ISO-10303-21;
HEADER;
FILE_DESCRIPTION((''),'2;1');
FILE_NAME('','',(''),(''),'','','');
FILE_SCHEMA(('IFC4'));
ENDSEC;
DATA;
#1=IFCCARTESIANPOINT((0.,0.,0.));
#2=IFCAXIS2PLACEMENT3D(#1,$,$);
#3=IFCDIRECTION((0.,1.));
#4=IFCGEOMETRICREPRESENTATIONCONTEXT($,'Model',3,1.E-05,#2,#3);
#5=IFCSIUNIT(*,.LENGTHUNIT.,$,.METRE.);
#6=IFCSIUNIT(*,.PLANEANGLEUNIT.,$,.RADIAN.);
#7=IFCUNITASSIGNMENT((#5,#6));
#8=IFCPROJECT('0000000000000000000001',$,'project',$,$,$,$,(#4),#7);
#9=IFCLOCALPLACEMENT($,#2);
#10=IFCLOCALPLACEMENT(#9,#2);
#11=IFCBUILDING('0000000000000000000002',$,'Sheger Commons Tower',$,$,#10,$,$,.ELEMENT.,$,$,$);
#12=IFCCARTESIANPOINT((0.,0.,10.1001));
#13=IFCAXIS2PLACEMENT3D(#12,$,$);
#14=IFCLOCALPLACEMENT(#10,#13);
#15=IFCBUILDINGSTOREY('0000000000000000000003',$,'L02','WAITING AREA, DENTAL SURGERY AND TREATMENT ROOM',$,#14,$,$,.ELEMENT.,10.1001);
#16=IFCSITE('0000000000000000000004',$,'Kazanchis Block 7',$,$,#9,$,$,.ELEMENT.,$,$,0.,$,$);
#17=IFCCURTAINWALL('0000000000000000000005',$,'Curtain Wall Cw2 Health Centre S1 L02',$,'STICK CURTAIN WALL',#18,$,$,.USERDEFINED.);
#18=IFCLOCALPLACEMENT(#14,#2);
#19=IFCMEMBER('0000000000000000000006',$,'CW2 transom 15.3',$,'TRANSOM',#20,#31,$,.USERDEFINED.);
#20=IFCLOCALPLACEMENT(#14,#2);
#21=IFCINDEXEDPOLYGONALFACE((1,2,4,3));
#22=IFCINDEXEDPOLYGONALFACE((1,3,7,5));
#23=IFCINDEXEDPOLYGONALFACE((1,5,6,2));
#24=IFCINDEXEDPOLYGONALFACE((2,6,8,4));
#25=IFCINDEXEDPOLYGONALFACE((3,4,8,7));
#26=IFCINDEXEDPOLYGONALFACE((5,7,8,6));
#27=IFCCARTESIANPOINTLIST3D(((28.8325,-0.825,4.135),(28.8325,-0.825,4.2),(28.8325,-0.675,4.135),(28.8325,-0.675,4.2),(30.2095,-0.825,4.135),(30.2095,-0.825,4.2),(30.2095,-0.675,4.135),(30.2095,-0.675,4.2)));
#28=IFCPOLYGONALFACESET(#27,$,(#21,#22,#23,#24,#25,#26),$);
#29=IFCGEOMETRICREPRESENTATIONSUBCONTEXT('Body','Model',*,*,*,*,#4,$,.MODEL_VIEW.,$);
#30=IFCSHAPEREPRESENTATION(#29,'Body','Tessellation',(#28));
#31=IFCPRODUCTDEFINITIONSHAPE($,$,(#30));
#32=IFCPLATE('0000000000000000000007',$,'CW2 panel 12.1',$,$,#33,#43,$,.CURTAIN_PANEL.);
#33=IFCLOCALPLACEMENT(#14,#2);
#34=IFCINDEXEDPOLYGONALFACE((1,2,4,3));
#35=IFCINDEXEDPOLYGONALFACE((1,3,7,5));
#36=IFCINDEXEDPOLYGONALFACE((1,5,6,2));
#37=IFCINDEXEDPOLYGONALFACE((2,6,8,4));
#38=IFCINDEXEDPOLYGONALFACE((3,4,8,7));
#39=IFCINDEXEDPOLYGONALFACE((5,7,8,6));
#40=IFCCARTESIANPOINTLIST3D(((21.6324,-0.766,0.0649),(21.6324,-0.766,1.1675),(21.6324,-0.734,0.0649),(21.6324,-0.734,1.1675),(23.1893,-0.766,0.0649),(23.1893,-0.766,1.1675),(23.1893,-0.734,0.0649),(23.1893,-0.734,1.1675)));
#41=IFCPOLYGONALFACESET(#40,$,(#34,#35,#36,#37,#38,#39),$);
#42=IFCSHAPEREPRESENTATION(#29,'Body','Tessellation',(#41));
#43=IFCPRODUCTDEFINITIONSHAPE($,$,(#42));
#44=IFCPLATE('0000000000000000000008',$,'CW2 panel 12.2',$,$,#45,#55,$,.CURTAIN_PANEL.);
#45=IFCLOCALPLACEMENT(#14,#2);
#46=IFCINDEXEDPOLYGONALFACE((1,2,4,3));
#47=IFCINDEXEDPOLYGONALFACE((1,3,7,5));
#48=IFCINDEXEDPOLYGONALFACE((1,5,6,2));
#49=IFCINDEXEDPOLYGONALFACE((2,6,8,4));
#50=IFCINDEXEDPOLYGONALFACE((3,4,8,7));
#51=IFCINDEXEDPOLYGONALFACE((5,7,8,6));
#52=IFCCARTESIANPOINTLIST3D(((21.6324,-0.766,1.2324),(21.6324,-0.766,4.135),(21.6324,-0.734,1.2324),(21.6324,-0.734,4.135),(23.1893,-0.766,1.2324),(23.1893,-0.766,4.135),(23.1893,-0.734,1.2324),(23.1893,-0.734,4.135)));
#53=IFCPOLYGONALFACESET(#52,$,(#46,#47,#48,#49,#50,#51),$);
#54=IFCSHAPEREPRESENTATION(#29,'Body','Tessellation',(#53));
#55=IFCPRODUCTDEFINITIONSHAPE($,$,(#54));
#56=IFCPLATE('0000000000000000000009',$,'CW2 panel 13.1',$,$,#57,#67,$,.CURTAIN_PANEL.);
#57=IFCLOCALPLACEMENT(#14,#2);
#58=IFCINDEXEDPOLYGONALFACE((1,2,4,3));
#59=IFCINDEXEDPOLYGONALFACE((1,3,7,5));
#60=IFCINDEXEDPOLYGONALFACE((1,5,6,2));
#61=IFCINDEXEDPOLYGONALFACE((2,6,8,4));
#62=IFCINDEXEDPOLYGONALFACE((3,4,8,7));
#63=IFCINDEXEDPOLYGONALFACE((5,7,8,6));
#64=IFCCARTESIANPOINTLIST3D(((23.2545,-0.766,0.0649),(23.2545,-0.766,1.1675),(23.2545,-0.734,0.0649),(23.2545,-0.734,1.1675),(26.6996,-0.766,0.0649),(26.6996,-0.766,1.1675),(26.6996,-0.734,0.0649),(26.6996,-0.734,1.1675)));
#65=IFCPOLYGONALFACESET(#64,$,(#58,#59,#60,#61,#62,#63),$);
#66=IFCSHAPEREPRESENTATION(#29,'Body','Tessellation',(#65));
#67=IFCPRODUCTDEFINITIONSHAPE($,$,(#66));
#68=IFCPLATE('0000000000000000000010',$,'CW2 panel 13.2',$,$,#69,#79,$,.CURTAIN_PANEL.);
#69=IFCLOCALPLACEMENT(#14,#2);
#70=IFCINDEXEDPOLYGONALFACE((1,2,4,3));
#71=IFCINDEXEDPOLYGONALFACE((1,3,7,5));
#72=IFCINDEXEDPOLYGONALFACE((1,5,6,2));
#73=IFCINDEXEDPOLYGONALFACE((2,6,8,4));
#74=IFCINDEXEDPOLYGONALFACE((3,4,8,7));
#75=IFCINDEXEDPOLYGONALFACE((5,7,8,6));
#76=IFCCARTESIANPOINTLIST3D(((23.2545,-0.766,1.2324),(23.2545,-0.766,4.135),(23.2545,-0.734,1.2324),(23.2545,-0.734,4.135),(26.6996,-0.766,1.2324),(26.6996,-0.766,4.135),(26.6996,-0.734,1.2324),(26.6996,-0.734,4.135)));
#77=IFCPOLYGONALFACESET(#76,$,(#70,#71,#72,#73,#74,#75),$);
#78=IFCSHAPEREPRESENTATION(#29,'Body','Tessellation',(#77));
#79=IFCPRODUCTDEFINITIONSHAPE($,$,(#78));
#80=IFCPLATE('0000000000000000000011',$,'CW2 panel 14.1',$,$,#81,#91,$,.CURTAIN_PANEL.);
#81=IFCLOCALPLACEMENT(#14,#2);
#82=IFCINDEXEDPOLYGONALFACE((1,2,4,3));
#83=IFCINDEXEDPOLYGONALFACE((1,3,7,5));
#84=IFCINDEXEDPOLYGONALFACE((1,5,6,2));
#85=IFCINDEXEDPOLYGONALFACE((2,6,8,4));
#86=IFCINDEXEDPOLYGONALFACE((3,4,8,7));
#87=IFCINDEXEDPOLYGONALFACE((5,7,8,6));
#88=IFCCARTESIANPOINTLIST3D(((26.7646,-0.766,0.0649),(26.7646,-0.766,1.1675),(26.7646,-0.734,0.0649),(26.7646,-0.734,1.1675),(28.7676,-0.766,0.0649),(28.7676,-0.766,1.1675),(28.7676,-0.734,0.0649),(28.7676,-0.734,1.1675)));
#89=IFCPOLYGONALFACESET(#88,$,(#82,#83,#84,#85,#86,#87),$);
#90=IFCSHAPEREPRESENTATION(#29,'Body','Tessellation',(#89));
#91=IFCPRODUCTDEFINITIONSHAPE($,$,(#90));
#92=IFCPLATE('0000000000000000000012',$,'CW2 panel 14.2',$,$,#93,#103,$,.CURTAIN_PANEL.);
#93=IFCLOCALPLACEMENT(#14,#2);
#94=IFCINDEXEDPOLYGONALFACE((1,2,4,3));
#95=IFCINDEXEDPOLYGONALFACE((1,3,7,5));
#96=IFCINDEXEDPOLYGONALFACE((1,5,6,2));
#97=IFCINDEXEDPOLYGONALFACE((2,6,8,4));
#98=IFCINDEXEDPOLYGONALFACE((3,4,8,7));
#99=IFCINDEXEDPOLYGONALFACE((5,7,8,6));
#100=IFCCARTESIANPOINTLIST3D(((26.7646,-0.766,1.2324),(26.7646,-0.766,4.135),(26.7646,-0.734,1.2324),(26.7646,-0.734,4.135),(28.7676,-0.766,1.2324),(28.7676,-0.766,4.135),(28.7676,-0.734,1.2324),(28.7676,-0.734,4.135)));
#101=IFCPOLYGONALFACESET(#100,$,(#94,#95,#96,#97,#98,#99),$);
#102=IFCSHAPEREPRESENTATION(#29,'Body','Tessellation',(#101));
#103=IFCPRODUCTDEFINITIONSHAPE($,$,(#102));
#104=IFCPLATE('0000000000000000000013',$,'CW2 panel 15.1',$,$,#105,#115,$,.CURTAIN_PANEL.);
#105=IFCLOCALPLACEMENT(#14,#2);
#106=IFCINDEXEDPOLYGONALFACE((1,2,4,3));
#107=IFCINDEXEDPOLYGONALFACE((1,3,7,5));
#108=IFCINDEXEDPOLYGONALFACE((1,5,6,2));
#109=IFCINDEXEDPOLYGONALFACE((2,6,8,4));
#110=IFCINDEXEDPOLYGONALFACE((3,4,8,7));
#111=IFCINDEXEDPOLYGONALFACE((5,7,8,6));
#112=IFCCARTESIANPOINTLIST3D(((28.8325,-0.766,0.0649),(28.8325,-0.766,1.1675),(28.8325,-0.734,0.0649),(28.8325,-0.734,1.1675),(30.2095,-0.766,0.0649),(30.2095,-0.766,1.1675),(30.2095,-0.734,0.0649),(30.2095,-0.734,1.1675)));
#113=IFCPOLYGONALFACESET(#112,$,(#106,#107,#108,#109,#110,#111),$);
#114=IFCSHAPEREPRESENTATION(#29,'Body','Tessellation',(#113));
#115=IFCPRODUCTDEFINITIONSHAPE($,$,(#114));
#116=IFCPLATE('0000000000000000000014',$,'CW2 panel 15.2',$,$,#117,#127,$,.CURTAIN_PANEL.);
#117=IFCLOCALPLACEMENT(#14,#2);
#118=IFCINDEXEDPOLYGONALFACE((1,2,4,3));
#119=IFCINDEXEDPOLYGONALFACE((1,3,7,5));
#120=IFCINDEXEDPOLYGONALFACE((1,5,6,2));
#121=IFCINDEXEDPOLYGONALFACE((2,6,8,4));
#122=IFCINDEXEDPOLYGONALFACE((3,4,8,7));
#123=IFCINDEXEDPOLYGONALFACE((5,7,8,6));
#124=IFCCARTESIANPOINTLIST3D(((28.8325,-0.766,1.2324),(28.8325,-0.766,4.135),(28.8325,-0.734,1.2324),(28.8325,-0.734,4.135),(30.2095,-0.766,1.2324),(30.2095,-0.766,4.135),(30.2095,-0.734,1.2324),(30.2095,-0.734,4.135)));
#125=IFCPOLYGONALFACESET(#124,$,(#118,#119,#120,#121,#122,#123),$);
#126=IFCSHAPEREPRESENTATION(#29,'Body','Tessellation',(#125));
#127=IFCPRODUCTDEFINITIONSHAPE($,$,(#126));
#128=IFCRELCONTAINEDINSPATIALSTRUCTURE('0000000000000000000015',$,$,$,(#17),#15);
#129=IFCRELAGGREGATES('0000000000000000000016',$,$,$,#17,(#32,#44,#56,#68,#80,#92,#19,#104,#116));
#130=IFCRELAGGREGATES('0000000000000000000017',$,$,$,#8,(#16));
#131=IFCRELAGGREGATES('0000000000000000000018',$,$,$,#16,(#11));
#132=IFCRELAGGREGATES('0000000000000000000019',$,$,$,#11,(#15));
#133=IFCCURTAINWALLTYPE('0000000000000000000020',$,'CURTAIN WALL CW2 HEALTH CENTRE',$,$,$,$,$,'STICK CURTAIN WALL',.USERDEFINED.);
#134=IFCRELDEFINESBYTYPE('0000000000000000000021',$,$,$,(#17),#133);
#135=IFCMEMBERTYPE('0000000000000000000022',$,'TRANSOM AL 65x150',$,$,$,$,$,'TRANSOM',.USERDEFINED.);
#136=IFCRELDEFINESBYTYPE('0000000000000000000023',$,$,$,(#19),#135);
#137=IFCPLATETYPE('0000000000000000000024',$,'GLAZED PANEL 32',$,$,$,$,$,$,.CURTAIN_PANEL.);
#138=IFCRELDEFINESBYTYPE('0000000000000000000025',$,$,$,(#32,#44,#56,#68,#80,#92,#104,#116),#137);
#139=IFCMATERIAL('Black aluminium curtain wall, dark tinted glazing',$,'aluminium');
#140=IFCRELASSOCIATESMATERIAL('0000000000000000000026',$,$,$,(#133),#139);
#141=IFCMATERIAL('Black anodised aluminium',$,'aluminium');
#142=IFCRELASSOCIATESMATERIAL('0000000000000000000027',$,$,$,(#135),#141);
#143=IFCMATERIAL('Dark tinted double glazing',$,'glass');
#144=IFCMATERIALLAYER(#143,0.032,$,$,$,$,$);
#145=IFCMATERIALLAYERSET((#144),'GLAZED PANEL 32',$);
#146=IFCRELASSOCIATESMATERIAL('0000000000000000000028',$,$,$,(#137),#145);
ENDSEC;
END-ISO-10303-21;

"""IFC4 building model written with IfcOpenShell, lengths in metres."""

from ifc_helpers import new_model, si_unit, direction, frame, origin, origin_2d, place, context, subcontext, project, spatial, rectangle, extrude, material, layer, layer_set, material_profile, profile_set, type_object, element, aggregate, save


model = new_model("IFC4")

# Units and contexts
model_context = context("Model", 3, precision=1e-05, world=origin(), true_north=direction((0.0, 1.0)))
body_context = subcontext(model_context, "Body", "Model", "MODEL_VIEW")
ifc_project = project(units=[si_unit("LENGTHUNIT", "METRE"), si_unit("PLANEANGLEUNIT", "RADIAN")], contexts=[model_context])

# Site, building, storey
site_placement = place(None, origin())
site = spatial("IfcSite", under=ifc_project, at=site_placement, Name="Kazanchis Block 7", CompositionType="ELEMENT", RefElevation=0.0)
building_placement = place(site_placement, origin())
building = spatial("IfcBuilding", under=site, at=building_placement, Name="Sheger Commons Tower", CompositionType="ELEMENT")
storey_placement = place(building_placement, frame((0.0, 0.0, 10.1001)))
storey = spatial("IfcBuildingStorey", under=building, at=storey_placement, Name="L02", Description="WAITING AREA, DENTAL SURGERY AND TREATMENT ROOM", CompositionType="ELEMENT", Elevation=10.1001)

# Curtain wall, member, plates
ifc_material_1 = material(Name="Black aluminium curtain wall, dark tinted glazing", Category="aluminium")
curtain_wall_type = type_object("IfcCurtainWallType", Name="CURTAIN WALL CW2 HEALTH CENTRE", ElementType="STICK CURTAIN WALL", PredefinedType="USERDEFINED", material=ifc_material_1)
curtain_wall_placement = place(storey_placement, origin())
curtain_wall = element("IfcCurtainWall", 1, at=curtain_wall_placement, inside=storey, type_object=curtain_wall_type, Name="Curtain Wall Cw2 Health Centre S1 L02", ObjectType="STICK CURTAIN WALL", PredefinedType="USERDEFINED")
ifc_material_2 = material(Name="Black anodised aluminium", Category="aluminium")
ifc_material_profile_1 = material_profile(ifc_material_2, rectangle(XDim=0.1499, YDim=0.0649, at=origin_2d()), Name="AL 65x150")
ifc_profile_set_1 = profile_set([ifc_material_profile_1], Name="Black anodised aluminium")
member_type_1 = type_object("IfcMemberType", Name="TRANSOM AL 65x150", ElementType="TRANSOM", PredefinedType="USERDEFINED", material=ifc_profile_set_1)
member_1_placement = place(storey_placement, frame((28.8325, -0.75, 4.1675), z_axis=(1.0, 0.0, 0.0), x_axis=(0.0, 1.0, 0.0)))
member_1 = element("IfcMember", 2, at=member_1_placement, type_object=member_type_1, Name="CW2 transom 15.3", ObjectType="TRANSOM", PredefinedType="USERDEFINED", context=body_context, shape_type="SweptSolid", body=[
    extrude(rectangle(XDim=0.1499, YDim=0.0649, at=origin_2d()), origin(), (0.0, 0.0, 1.0), 1.377),
])
ifc_material_3 = material(Name="Dark tinted double glazing", Category="glass")
ifc_layer = layer(ifc_material_3, 0.032)
ifc_layer_set = layer_set([ifc_layer], Name="GLAZED PANEL 32")
plate_type = type_object("IfcPlateType", Name="GLAZED PANEL 32", PredefinedType="CURTAIN_PANEL", material=ifc_layer_set)
plate_1_placement = place(storey_placement, frame((22.4109, -0.75, 0.0649), z_axis=(0.0, 0.0, 1.0), x_axis=(1.0, 0.0, 0.0)))
plate_1 = element("IfcPlate", 3, at=plate_1_placement, type_object=plate_type, Name="CW2 panel 12.1", PredefinedType="CURTAIN_PANEL", context=body_context, shape_type="SweptSolid", body=[
    extrude(rectangle(XDim=1.5569, YDim=0.032, at=origin_2d()), origin(), (0.0, 0.0, 1.0), 1.1025),
])
plate_2_placement = place(storey_placement, frame((22.4109, -0.75, 1.2324), z_axis=(0.0, 0.0, 1.0), x_axis=(1.0, 0.0, 0.0)))
plate_2 = element("IfcPlate", 4, at=plate_2_placement, type_object=plate_type, Name="CW2 panel 12.2", PredefinedType="CURTAIN_PANEL", context=body_context, shape_type="SweptSolid", body=[
    extrude(rectangle(XDim=1.5569, YDim=0.032, at=origin_2d()), origin(), (0.0, 0.0, 1.0), 2.9026),
])
plate_3_placement = place(storey_placement, frame((24.9771, -0.75, 0.0649), z_axis=(0.0, 0.0, 1.0), x_axis=(1.0, 0.0, 0.0)))
plate_3 = element("IfcPlate", 5, at=plate_3_placement, type_object=plate_type, Name="CW2 panel 13.1", PredefinedType="CURTAIN_PANEL", context=body_context, shape_type="SweptSolid", body=[
    extrude(rectangle(XDim=3.4451, YDim=0.032, at=origin_2d()), origin(), (0.0, 0.0, 1.0), 1.1025),
])
plate_4_placement = place(storey_placement, frame((24.9771, -0.75, 1.2324), z_axis=(0.0, 0.0, 1.0), x_axis=(1.0, 0.0, 0.0)))
plate_4 = element("IfcPlate", 6, at=plate_4_placement, type_object=plate_type, Name="CW2 panel 13.2", PredefinedType="CURTAIN_PANEL", context=body_context, shape_type="SweptSolid", body=[
    extrude(rectangle(XDim=3.4451, YDim=0.032, at=origin_2d()), origin(), (0.0, 0.0, 1.0), 2.9026),
])
plate_5_placement = place(storey_placement, frame((27.7661, -0.75, 0.0649), z_axis=(0.0, 0.0, 1.0), x_axis=(1.0, 0.0, 0.0)))
plate_5 = element("IfcPlate", 7, at=plate_5_placement, type_object=plate_type, Name="CW2 panel 14.1", PredefinedType="CURTAIN_PANEL", context=body_context, shape_type="SweptSolid", body=[
    extrude(rectangle(XDim=2.0029, YDim=0.032, at=origin_2d()), origin(), (0.0, 0.0, 1.0), 1.1025),
])
plate_6_placement = place(storey_placement, frame((27.7661, -0.75, 1.2324), z_axis=(0.0, 0.0, 1.0), x_axis=(1.0, 0.0, 0.0)))
plate_6 = element("IfcPlate", 8, at=plate_6_placement, type_object=plate_type, Name="CW2 panel 14.2", PredefinedType="CURTAIN_PANEL", context=body_context, shape_type="SweptSolid", body=[
    extrude(rectangle(XDim=2.0029, YDim=0.032, at=origin_2d()), origin(), (0.0, 0.0, 1.0), 2.9026),
])
plate_7_placement = place(storey_placement, frame((29.521, -0.75, 0.0649), z_axis=(0.0, 0.0, 1.0), x_axis=(1.0, 0.0, 0.0)))
plate_7 = element("IfcPlate", 9, at=plate_7_placement, type_object=plate_type, Name="CW2 panel 15.1", PredefinedType="CURTAIN_PANEL", context=body_context, shape_type="SweptSolid", body=[
    extrude(rectangle(XDim=1.377, YDim=0.032, at=origin_2d()), origin(), (0.0, 0.0, 1.0), 1.1025),
])
plate_8_placement = place(storey_placement, frame((29.521, -0.75, 1.2324), z_axis=(0.0, 0.0, 1.0), x_axis=(1.0, 0.0, 0.0)))
plate_8 = element("IfcPlate", 10, at=plate_8_placement, type_object=plate_type, Name="CW2 panel 15.2", PredefinedType="CURTAIN_PANEL", context=body_context, shape_type="SweptSolid", body=[
    extrude(rectangle(XDim=1.377, YDim=0.032, at=origin_2d()), origin(), (0.0, 0.0, 1.0), 2.9026),
])
aggregate(curtain_wall, [plate_1, plate_2, plate_3, plate_4, plate_5, plate_6, member_1, plate_7, plate_8])

save(model, "model.ifc")
